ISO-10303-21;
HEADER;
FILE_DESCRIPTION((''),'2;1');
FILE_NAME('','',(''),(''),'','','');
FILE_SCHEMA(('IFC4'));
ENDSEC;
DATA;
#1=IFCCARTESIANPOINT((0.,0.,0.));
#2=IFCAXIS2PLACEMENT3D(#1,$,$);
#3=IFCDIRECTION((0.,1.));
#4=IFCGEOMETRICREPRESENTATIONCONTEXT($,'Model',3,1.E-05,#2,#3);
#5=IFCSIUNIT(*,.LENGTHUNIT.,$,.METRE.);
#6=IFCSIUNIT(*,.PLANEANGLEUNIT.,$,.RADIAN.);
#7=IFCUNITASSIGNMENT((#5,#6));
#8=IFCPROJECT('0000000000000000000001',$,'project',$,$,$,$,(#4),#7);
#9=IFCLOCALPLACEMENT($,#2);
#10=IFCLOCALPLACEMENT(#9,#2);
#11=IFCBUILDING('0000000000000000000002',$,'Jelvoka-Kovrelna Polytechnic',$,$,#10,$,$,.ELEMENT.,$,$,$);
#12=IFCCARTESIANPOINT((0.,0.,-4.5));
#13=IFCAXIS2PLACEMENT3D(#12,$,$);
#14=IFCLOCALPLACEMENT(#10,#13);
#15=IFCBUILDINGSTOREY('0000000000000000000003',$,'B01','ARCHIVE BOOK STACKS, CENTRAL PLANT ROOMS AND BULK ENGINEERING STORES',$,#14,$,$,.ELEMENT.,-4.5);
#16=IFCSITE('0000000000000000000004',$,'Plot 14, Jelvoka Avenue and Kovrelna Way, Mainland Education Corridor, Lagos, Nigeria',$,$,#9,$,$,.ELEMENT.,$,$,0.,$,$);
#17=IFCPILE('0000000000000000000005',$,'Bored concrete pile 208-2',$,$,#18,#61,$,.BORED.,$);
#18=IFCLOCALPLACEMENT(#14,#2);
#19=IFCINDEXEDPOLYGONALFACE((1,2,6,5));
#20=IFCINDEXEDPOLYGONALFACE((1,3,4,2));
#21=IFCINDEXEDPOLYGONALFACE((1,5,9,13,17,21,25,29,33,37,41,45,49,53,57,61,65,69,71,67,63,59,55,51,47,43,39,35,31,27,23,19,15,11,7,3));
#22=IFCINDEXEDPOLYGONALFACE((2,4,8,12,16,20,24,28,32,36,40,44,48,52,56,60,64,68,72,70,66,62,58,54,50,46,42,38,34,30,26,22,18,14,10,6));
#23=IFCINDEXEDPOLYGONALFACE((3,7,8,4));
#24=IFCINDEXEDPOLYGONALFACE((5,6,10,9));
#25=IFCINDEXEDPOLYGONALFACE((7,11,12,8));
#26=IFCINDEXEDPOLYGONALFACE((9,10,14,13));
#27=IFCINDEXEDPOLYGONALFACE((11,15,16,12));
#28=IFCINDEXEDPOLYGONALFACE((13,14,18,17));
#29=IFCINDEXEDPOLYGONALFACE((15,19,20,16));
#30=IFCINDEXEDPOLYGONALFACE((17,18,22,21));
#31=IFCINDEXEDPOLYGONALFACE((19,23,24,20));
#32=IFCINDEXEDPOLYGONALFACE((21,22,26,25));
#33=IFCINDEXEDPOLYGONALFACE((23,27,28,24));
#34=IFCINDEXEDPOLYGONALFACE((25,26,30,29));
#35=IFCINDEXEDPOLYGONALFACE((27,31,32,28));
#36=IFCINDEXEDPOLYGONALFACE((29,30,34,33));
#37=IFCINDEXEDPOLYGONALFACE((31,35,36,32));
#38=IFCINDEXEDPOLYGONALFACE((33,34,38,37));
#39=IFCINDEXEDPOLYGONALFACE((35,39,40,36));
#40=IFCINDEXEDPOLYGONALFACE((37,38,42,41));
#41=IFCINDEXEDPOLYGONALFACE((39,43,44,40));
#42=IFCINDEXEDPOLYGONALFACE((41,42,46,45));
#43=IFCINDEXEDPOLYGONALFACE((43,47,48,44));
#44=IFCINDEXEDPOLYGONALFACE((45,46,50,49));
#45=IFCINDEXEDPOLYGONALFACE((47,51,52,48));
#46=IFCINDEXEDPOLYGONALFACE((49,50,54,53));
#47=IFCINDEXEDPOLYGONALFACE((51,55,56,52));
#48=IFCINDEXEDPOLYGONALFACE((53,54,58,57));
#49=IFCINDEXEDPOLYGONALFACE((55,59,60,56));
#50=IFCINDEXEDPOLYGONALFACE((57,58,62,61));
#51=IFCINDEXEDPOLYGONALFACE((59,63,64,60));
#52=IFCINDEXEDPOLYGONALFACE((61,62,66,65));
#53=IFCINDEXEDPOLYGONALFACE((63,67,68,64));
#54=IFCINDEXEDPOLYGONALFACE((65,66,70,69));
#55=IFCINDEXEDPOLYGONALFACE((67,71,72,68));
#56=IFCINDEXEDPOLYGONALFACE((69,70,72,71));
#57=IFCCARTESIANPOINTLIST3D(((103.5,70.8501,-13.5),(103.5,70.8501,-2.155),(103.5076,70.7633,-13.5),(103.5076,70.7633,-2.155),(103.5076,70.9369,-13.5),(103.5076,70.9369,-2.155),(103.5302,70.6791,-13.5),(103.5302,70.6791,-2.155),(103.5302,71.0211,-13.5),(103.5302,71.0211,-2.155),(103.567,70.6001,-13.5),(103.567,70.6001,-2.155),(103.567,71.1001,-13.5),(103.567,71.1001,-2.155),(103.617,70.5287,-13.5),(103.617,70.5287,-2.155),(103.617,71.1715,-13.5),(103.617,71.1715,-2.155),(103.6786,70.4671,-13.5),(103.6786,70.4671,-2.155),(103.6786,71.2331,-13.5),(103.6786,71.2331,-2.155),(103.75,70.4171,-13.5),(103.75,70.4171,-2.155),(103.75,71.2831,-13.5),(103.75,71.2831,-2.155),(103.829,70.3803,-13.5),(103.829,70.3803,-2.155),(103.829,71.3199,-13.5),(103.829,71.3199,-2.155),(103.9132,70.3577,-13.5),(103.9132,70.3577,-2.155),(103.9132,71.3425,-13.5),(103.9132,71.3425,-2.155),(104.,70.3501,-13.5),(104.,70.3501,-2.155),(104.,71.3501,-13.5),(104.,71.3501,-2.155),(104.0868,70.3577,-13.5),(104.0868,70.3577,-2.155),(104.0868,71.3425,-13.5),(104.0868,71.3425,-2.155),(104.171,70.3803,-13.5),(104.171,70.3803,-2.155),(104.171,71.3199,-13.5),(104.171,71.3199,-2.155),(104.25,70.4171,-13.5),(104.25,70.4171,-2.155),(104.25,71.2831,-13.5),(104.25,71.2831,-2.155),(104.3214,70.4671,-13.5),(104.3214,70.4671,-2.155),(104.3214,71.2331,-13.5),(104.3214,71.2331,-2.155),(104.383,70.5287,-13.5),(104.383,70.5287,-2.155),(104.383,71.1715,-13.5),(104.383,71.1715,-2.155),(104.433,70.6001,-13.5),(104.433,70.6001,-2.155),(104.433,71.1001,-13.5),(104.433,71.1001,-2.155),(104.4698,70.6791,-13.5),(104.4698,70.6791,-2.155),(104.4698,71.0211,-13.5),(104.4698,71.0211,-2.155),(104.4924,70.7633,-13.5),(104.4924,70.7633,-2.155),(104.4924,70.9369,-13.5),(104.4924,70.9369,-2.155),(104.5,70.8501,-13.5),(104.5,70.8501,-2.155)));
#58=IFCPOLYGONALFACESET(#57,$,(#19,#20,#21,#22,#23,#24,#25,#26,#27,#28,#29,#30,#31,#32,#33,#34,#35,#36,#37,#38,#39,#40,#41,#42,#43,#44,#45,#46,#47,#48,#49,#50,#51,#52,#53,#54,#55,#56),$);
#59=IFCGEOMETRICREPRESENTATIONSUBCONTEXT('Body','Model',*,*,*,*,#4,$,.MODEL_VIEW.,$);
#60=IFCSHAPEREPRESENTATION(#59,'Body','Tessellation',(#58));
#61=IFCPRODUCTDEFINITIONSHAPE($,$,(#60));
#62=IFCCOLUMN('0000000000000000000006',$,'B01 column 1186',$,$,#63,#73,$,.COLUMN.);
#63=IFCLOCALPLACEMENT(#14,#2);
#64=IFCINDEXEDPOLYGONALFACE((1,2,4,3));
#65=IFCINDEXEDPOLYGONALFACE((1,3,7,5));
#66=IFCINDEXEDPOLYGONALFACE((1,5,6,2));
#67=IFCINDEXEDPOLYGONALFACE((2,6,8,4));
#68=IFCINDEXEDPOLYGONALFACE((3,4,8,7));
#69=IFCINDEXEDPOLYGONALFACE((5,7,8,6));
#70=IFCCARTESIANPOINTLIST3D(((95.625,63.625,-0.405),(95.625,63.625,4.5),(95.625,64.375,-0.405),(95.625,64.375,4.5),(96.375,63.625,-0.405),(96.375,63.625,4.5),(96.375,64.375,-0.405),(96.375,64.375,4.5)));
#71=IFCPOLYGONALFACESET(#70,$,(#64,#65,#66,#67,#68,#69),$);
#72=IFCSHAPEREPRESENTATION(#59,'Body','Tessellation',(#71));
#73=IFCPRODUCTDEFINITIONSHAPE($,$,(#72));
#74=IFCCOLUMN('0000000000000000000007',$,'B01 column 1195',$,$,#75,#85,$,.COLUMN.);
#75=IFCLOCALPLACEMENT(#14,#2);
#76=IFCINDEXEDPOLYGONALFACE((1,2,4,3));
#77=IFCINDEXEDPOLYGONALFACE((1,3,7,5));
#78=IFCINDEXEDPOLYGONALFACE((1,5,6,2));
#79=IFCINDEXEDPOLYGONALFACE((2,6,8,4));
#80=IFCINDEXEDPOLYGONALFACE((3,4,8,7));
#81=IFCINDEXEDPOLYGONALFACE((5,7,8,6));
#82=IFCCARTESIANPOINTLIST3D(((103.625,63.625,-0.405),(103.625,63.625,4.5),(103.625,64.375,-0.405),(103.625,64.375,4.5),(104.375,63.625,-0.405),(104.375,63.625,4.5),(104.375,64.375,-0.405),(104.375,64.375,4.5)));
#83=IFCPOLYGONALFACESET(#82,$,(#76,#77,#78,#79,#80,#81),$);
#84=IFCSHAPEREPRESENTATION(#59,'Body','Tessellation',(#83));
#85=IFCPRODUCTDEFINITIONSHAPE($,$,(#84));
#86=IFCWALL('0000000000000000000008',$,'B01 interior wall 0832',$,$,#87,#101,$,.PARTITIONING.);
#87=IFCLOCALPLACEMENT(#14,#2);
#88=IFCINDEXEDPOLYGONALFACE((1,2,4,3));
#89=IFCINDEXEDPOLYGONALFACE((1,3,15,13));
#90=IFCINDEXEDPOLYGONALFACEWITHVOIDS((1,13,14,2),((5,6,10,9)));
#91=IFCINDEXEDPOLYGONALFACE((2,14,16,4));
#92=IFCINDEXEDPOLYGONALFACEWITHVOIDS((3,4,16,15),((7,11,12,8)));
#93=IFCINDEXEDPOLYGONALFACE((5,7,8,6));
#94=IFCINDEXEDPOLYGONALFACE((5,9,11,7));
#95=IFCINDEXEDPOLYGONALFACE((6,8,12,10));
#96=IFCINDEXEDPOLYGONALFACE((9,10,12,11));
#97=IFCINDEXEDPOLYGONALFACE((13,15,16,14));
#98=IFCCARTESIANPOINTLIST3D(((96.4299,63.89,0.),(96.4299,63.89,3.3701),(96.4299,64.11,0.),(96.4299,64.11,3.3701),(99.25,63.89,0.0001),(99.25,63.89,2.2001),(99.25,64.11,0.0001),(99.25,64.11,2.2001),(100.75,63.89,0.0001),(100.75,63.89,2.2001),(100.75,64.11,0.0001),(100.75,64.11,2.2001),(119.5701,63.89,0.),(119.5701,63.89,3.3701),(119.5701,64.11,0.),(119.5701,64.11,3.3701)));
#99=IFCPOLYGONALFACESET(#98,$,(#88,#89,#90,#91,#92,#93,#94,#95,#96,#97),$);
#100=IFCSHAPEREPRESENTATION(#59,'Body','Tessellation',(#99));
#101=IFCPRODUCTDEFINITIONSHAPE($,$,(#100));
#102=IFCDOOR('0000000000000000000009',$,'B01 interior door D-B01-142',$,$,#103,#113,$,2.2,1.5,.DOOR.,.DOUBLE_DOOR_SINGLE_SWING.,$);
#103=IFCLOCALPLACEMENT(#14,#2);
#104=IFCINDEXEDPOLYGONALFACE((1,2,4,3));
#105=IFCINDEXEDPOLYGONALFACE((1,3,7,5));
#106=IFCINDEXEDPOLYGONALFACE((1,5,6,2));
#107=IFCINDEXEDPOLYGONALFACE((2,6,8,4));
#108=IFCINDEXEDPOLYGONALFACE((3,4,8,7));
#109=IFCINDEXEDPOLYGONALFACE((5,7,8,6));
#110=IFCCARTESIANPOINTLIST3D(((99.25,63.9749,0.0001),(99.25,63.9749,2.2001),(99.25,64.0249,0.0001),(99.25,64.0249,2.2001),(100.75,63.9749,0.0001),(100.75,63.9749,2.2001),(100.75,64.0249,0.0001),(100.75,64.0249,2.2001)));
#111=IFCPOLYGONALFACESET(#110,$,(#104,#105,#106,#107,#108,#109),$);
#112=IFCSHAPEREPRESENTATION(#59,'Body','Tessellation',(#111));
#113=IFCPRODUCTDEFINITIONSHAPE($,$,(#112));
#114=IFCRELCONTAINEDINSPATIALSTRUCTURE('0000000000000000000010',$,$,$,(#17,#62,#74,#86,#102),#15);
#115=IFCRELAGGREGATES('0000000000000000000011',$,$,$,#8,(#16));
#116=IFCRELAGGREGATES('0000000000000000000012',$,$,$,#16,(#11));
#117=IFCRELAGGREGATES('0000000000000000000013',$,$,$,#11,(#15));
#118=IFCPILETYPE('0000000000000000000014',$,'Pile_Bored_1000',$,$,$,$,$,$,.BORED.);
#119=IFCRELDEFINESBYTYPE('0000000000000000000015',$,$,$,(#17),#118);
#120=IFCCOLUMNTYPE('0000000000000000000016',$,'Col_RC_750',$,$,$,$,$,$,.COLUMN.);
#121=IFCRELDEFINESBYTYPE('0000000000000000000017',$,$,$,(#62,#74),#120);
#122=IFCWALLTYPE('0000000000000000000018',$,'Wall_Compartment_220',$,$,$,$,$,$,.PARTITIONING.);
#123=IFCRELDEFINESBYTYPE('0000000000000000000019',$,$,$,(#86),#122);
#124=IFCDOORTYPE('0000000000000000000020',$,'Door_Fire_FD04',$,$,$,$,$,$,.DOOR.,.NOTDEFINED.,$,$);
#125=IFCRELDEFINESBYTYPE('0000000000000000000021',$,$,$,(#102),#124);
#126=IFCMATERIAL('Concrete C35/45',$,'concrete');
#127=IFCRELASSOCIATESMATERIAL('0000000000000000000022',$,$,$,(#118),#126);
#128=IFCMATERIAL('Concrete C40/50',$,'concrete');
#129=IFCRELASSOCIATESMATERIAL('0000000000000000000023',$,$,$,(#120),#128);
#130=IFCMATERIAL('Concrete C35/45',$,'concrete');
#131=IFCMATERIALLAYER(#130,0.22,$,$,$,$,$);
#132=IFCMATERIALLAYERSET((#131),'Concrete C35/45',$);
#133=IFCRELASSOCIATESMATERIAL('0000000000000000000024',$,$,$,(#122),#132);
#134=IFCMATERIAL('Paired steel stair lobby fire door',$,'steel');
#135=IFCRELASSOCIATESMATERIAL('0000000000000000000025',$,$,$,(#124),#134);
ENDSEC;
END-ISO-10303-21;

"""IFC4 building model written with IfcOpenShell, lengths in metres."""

from ifc_helpers import new_model, si_unit, direction, frame, frame_2d, origin, origin_2d, place, context, subcontext, project, spatial, rectangle, circle, extrude, material, layer, layer_set, material_profile, profile_set, type_object, element, fill, save


model = new_model("IFC4")

# Units and contexts
model_context = context("Model", 3, precision=1e-05, world=origin(), true_north=direction((0.0, 1.0)))
body_context = subcontext(model_context, "Body", "Model", "MODEL_VIEW")
ifc_project = project(units=[si_unit("LENGTHUNIT", "METRE"), si_unit("PLANEANGLEUNIT", "RADIAN")], contexts=[model_context])

# Site, building, storey
site_placement = place(None, origin())
site = spatial("IfcSite", under=ifc_project, at=site_placement, Name="Plot 14, Jelvoka Avenue and Kovrelna Way, Mainland Education Corridor, Lagos, Nigeria", CompositionType="ELEMENT", RefElevation=0.0)
building_placement = place(site_placement, origin())
building = spatial("IfcBuilding", under=site, at=building_placement, Name="Jelvoka-Kovrelna Polytechnic", CompositionType="ELEMENT")
storey_placement = place(building_placement, frame((0.0, 0.0, -4.5)))
storey = spatial("IfcBuildingStorey", under=building, at=storey_placement, Name="B01", Description="ARCHIVE BOOK STACKS, CENTRAL PLANT ROOMS AND BULK ENGINEERING STORES", CompositionType="ELEMENT", Elevation=-4.5)

# Pile
ifc_material_1 = material(Name="Concrete C35/45", Category="concrete")
ifc_material_profile_1 = material_profile(ifc_material_1, circle(Radius=0.5, at=origin_2d()), Name="PILE D1000")
ifc_profile_set_1 = profile_set([ifc_material_profile_1], Name="Concrete C35/45")
pile_type = type_object("IfcPileType", Name="Pile_Bored_1000", PredefinedType="BORED", material=ifc_profile_set_1)
for number, where, z_axis, x_axis, name in (
    (1, (104.0, 70.8501, -2.155), (0.0, 0.0, -1.0), (1.0, 0.0, 0.0), "Bored concrete pile 208-2"),
):
    element("IfcPile", number, at=place(storey_placement, frame(where, z_axis=z_axis, x_axis=x_axis)), inside=storey, type_object=pile_type, Name=name, PredefinedType="BORED", context=body_context, shape_type="SweptSolid", body=[
        extrude(circle(Radius=0.5, at=origin_2d()), origin(), (0.0, 0.0, 1.0), 11.345),
    ])

# Columns
ifc_material_2 = material(Name="Concrete C40/50", Category="concrete")
ifc_material_profile_2 = material_profile(ifc_material_2, rectangle(XDim=0.75, YDim=0.75, at=origin_2d()), Name="RC 750x750")
ifc_profile_set_2 = profile_set([ifc_material_profile_2], Name="Concrete C40/50")
column_type = type_object("IfcColumnType", Name="Col_RC_750", PredefinedType="COLUMN", material=ifc_profile_set_2)
for number, where, z_axis, x_axis, name in (
    (2, (96.0, 64.0, -0.405), (0.0, 0.0, 1.0), (1.0, 0.0, 0.0), "B01 column 1186"),
    (3, (104.0, 64.0, -0.405), (0.0, 0.0, 1.0), (1.0, 0.0, 0.0), "B01 column 1195"),
):
    element("IfcColumn", number, at=place(storey_placement, frame(where, z_axis=z_axis, x_axis=x_axis)), inside=storey, type_object=column_type, Name=name, PredefinedType="COLUMN", context=body_context, shape_type="SweptSolid", body=[
        extrude(rectangle(XDim=0.75, YDim=0.75, at=origin_2d()), origin(), (0.0, 0.0, 1.0), 4.905),
    ])

# Wall, opening, door
ifc_material_3 = material(Name="Concrete C35/45", Category="concrete")
ifc_layer = layer(ifc_material_3, 0.22)
ifc_layer_set = layer_set([ifc_layer], Name="Concrete C35/45")
wall_type = type_object("IfcWallType", Name="Wall_Compartment_220", PredefinedType="PARTITIONING", material=ifc_layer_set)
wall_placement = place(storey_placement, frame((96.4299, 64.0, 0.0), z_axis=(0.0, 0.0, 1.0), x_axis=(1.0, 0.0, 0.0)))
wall = element("IfcWall", 4, at=wall_placement, inside=storey, type_object=wall_type, Name="B01 interior wall 0832", PredefinedType="PARTITIONING", context=body_context, shape_type="SweptSolid", body=[
    extrude(rectangle(XDim=23.1401, YDim=0.22, at=frame_2d((11.5701, 0.0))), origin(), (0.0, 0.0, 1.0), 3.3701),
])
opening_placement = place(wall_placement, frame((2.8201, 0.0, 0.0)))
opening = element("IfcOpeningElement", 5, at=opening_placement, cuts=wall, PredefinedType="OPENING", context=body_context, shape_type="SweptSolid", body=[
    extrude(rectangle(XDim=1.5, YDim=2.2, at=frame_2d((0.75, 1.1001))), frame((0.0, 0.1199, 0.0), z_axis=(0.0, -1.0, 0.0), x_axis=(1.0, 0.0, 0.0)), (0.0, 0.0, 1.0), 0.24),
])
ifc_material_4 = material(Name="Paired steel stair lobby fire door", Category="steel")
door_type = type_object("IfcDoorType", Name="Door_Fire_FD04", OperationType="NOTDEFINED", PredefinedType="DOOR", material=ifc_material_4)
door_placement = place(opening_placement, origin())
door = element("IfcDoor", 6, at=door_placement, inside=storey, type_object=door_type, Name="B01 interior door D-B01-142", OperationType="DOUBLE_DOOR_SINGLE_SWING", OverallHeight=2.2, OverallWidth=1.5, PredefinedType="DOOR", context=body_context, shape_type="SweptSolid", body=[
    extrude(rectangle(XDim=1.5, YDim=2.2, at=frame_2d((0.75, 1.1001))), frame((0.0, 0.0249, 0.0), z_axis=(0.0, -1.0, 0.0), x_axis=(1.0, 0.0, 0.0)), (0.0, 0.0, 1.0), 0.05),
])
fill(opening, door)

save(model, "model.ifc")
